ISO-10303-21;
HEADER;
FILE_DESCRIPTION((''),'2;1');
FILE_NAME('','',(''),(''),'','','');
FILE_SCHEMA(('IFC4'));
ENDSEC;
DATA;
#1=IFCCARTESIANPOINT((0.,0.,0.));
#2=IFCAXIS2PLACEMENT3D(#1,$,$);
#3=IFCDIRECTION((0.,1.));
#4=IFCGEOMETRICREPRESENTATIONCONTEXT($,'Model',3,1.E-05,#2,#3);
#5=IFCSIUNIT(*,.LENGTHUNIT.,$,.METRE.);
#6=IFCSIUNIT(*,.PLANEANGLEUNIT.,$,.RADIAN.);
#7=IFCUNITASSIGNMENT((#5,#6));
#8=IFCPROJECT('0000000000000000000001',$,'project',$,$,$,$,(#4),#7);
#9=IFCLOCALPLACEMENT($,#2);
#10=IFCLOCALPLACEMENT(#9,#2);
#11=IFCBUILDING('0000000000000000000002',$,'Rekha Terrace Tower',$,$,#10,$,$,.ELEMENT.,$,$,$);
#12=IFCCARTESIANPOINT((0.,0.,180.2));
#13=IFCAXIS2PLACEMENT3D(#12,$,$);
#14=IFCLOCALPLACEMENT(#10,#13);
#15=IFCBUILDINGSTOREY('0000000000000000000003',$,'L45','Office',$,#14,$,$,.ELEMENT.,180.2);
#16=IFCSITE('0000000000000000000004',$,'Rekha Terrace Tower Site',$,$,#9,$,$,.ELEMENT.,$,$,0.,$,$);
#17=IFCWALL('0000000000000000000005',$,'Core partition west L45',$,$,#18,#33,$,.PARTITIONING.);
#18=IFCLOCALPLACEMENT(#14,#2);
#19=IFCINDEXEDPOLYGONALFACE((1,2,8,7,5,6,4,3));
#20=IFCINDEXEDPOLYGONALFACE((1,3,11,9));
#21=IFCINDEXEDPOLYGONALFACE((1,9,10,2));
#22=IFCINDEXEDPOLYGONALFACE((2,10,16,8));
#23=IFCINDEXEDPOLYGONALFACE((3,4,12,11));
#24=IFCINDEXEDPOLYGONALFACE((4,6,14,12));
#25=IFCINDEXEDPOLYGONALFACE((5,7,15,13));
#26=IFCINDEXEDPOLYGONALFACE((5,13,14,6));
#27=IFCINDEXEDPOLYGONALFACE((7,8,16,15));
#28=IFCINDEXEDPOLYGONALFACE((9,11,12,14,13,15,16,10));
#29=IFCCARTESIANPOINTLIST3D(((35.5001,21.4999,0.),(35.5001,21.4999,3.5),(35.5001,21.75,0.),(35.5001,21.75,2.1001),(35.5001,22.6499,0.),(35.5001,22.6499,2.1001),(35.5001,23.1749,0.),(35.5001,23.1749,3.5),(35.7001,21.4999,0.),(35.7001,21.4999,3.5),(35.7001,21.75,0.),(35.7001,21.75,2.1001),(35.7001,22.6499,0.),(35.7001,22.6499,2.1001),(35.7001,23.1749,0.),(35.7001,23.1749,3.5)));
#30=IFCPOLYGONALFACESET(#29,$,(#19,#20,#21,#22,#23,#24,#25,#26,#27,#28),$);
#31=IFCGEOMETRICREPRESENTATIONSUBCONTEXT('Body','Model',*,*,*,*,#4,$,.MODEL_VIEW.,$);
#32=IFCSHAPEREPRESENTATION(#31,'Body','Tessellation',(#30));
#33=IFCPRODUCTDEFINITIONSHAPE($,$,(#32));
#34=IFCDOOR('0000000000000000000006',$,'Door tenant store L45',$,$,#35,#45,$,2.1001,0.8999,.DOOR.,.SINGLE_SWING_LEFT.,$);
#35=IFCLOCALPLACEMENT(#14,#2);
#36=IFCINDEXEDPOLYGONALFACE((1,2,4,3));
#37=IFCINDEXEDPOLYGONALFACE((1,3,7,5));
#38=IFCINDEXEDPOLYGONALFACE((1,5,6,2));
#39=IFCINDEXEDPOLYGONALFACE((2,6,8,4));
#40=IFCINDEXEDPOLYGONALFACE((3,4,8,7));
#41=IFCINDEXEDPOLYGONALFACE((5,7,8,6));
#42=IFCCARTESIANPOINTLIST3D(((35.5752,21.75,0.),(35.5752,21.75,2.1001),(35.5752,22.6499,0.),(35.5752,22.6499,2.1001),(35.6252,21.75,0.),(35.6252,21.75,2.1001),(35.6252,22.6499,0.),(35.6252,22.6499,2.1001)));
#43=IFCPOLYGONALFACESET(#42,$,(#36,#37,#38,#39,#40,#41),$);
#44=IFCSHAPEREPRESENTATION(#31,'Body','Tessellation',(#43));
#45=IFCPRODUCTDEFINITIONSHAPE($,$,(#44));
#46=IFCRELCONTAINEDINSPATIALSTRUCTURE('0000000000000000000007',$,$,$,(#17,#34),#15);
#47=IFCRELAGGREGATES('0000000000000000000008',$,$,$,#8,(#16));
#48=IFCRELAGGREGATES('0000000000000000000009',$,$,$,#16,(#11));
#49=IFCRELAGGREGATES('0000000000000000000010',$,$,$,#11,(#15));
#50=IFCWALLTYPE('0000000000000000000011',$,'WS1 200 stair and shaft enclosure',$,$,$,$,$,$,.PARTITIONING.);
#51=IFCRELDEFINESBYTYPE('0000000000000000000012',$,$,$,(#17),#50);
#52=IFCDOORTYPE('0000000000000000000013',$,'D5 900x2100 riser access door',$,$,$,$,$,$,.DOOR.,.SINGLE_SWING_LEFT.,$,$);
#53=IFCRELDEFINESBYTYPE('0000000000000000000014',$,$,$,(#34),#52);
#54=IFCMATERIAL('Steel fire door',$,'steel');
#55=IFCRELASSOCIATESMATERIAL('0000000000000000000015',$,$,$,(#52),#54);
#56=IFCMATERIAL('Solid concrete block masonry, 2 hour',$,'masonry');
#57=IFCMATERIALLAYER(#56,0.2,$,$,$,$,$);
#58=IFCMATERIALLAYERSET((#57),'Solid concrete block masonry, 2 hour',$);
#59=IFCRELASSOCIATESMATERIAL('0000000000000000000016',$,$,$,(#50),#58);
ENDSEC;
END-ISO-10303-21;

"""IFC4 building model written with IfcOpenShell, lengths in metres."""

from ifc_helpers import new_model, si_unit, direction, frame, frame_2d, origin, place, context, subcontext, project, spatial, rectangle, extrude, material, layer, layer_set, type_object, element, fill, save


model = new_model("IFC4")

# Units and contexts
model_context = context("Model", 3, precision=1e-05, world=origin(), true_north=direction((0.0, 1.0)))
body_context = subcontext(model_context, "Body", "Model", "MODEL_VIEW")
ifc_project = project(units=[si_unit("LENGTHUNIT", "METRE"), si_unit("PLANEANGLEUNIT", "RADIAN")], contexts=[model_context])

# Site, building, storey
site_placement = place(None, origin())
site = spatial("IfcSite", under=ifc_project, at=site_placement, Name="Rekha Terrace Tower Site", CompositionType="ELEMENT", RefElevation=0.0)
building_placement = place(site_placement, origin())
building = spatial("IfcBuilding", under=site, at=building_placement, Name="Rekha Terrace Tower", CompositionType="ELEMENT")
storey_placement = place(building_placement, frame((0.0, 0.0, 180.2)))
storey = spatial("IfcBuildingStorey", under=building, at=storey_placement, Name="L45", Description="Office", CompositionType="ELEMENT", Elevation=180.2)

# Shared definitions
ifc_material_1 = material(Name="Steel fire door", Category="steel")
door_type_1 = type_object("IfcDoorType", Name="D5 900x2100 riser access door", OperationType="SINGLE_SWING_LEFT", PredefinedType="DOOR", material=ifc_material_1)

# Wall, opening, door
ifc_material_2 = material(Name="Solid concrete block masonry, 2 hour", Category="masonry")
ifc_layer_1 = layer(ifc_material_2, 0.2)
ifc_layer_set_1 = layer_set([ifc_layer_1], Name="Solid concrete block masonry, 2 hour")
wall_type_1 = type_object("IfcWallType", Name="WS1 200 stair and shaft enclosure", PredefinedType="PARTITIONING", material=ifc_layer_set_1)
wall_1_placement = place(storey_placement, frame((35.6001, 21.5, 0.0), z_axis=(0.0, 0.0, 1.0), x_axis=(0.0, 1.0, 0.0)))
wall_1 = element("IfcWall", 1, at=wall_1_placement, inside=storey, type_object=wall_type_1, Name="Core partition west L45", PredefinedType="PARTITIONING", context=body_context, shape_type="SweptSolid", body=[
    extrude(rectangle(XDim=1.675, YDim=0.2, at=frame_2d((0.8374, 0.0))), origin(), (0.0, 0.0, 1.0), 3.5),
])
opening_1_placement = place(wall_1_placement, frame((0.25, 0.0, 0.0)))
opening_1 = element("IfcOpeningElement", 2, at=opening_1_placement, cuts=wall_1, PredefinedType="OPENING", context=body_context, shape_type="SweptSolid", body=[
    extrude(rectangle(XDim=0.8999, YDim=2.1001, at=frame_2d((0.45, 1.05))), frame((0.0, 0.1099, 0.0), z_axis=(0.0, -1.0, 0.0), x_axis=(1.0, 0.0, 0.0)), (0.0, 0.0, 1.0), 0.22),
])
door_1_placement = place(opening_1_placement, origin())
door_1 = element("IfcDoor", 3, at=door_1_placement, inside=storey, type_object=door_type_1, Name="Door tenant store L45", OperationType="SINGLE_SWING_LEFT", OverallHeight=2.1001, OverallWidth=0.8999, PredefinedType="DOOR", context=body_context, shape_type="SweptSolid", body=[
    extrude(rectangle(XDim=0.8999, YDim=2.1001, at=frame_2d((0.45, 1.05))), frame((0.0, 0.0249, 0.0), z_axis=(0.0, -1.0, 0.0), x_axis=(1.0, 0.0, 0.0)), (0.0, 0.0, 1.0), 0.05),
])
fill(opening_1, door_1)

save(model, "model.ifc")
